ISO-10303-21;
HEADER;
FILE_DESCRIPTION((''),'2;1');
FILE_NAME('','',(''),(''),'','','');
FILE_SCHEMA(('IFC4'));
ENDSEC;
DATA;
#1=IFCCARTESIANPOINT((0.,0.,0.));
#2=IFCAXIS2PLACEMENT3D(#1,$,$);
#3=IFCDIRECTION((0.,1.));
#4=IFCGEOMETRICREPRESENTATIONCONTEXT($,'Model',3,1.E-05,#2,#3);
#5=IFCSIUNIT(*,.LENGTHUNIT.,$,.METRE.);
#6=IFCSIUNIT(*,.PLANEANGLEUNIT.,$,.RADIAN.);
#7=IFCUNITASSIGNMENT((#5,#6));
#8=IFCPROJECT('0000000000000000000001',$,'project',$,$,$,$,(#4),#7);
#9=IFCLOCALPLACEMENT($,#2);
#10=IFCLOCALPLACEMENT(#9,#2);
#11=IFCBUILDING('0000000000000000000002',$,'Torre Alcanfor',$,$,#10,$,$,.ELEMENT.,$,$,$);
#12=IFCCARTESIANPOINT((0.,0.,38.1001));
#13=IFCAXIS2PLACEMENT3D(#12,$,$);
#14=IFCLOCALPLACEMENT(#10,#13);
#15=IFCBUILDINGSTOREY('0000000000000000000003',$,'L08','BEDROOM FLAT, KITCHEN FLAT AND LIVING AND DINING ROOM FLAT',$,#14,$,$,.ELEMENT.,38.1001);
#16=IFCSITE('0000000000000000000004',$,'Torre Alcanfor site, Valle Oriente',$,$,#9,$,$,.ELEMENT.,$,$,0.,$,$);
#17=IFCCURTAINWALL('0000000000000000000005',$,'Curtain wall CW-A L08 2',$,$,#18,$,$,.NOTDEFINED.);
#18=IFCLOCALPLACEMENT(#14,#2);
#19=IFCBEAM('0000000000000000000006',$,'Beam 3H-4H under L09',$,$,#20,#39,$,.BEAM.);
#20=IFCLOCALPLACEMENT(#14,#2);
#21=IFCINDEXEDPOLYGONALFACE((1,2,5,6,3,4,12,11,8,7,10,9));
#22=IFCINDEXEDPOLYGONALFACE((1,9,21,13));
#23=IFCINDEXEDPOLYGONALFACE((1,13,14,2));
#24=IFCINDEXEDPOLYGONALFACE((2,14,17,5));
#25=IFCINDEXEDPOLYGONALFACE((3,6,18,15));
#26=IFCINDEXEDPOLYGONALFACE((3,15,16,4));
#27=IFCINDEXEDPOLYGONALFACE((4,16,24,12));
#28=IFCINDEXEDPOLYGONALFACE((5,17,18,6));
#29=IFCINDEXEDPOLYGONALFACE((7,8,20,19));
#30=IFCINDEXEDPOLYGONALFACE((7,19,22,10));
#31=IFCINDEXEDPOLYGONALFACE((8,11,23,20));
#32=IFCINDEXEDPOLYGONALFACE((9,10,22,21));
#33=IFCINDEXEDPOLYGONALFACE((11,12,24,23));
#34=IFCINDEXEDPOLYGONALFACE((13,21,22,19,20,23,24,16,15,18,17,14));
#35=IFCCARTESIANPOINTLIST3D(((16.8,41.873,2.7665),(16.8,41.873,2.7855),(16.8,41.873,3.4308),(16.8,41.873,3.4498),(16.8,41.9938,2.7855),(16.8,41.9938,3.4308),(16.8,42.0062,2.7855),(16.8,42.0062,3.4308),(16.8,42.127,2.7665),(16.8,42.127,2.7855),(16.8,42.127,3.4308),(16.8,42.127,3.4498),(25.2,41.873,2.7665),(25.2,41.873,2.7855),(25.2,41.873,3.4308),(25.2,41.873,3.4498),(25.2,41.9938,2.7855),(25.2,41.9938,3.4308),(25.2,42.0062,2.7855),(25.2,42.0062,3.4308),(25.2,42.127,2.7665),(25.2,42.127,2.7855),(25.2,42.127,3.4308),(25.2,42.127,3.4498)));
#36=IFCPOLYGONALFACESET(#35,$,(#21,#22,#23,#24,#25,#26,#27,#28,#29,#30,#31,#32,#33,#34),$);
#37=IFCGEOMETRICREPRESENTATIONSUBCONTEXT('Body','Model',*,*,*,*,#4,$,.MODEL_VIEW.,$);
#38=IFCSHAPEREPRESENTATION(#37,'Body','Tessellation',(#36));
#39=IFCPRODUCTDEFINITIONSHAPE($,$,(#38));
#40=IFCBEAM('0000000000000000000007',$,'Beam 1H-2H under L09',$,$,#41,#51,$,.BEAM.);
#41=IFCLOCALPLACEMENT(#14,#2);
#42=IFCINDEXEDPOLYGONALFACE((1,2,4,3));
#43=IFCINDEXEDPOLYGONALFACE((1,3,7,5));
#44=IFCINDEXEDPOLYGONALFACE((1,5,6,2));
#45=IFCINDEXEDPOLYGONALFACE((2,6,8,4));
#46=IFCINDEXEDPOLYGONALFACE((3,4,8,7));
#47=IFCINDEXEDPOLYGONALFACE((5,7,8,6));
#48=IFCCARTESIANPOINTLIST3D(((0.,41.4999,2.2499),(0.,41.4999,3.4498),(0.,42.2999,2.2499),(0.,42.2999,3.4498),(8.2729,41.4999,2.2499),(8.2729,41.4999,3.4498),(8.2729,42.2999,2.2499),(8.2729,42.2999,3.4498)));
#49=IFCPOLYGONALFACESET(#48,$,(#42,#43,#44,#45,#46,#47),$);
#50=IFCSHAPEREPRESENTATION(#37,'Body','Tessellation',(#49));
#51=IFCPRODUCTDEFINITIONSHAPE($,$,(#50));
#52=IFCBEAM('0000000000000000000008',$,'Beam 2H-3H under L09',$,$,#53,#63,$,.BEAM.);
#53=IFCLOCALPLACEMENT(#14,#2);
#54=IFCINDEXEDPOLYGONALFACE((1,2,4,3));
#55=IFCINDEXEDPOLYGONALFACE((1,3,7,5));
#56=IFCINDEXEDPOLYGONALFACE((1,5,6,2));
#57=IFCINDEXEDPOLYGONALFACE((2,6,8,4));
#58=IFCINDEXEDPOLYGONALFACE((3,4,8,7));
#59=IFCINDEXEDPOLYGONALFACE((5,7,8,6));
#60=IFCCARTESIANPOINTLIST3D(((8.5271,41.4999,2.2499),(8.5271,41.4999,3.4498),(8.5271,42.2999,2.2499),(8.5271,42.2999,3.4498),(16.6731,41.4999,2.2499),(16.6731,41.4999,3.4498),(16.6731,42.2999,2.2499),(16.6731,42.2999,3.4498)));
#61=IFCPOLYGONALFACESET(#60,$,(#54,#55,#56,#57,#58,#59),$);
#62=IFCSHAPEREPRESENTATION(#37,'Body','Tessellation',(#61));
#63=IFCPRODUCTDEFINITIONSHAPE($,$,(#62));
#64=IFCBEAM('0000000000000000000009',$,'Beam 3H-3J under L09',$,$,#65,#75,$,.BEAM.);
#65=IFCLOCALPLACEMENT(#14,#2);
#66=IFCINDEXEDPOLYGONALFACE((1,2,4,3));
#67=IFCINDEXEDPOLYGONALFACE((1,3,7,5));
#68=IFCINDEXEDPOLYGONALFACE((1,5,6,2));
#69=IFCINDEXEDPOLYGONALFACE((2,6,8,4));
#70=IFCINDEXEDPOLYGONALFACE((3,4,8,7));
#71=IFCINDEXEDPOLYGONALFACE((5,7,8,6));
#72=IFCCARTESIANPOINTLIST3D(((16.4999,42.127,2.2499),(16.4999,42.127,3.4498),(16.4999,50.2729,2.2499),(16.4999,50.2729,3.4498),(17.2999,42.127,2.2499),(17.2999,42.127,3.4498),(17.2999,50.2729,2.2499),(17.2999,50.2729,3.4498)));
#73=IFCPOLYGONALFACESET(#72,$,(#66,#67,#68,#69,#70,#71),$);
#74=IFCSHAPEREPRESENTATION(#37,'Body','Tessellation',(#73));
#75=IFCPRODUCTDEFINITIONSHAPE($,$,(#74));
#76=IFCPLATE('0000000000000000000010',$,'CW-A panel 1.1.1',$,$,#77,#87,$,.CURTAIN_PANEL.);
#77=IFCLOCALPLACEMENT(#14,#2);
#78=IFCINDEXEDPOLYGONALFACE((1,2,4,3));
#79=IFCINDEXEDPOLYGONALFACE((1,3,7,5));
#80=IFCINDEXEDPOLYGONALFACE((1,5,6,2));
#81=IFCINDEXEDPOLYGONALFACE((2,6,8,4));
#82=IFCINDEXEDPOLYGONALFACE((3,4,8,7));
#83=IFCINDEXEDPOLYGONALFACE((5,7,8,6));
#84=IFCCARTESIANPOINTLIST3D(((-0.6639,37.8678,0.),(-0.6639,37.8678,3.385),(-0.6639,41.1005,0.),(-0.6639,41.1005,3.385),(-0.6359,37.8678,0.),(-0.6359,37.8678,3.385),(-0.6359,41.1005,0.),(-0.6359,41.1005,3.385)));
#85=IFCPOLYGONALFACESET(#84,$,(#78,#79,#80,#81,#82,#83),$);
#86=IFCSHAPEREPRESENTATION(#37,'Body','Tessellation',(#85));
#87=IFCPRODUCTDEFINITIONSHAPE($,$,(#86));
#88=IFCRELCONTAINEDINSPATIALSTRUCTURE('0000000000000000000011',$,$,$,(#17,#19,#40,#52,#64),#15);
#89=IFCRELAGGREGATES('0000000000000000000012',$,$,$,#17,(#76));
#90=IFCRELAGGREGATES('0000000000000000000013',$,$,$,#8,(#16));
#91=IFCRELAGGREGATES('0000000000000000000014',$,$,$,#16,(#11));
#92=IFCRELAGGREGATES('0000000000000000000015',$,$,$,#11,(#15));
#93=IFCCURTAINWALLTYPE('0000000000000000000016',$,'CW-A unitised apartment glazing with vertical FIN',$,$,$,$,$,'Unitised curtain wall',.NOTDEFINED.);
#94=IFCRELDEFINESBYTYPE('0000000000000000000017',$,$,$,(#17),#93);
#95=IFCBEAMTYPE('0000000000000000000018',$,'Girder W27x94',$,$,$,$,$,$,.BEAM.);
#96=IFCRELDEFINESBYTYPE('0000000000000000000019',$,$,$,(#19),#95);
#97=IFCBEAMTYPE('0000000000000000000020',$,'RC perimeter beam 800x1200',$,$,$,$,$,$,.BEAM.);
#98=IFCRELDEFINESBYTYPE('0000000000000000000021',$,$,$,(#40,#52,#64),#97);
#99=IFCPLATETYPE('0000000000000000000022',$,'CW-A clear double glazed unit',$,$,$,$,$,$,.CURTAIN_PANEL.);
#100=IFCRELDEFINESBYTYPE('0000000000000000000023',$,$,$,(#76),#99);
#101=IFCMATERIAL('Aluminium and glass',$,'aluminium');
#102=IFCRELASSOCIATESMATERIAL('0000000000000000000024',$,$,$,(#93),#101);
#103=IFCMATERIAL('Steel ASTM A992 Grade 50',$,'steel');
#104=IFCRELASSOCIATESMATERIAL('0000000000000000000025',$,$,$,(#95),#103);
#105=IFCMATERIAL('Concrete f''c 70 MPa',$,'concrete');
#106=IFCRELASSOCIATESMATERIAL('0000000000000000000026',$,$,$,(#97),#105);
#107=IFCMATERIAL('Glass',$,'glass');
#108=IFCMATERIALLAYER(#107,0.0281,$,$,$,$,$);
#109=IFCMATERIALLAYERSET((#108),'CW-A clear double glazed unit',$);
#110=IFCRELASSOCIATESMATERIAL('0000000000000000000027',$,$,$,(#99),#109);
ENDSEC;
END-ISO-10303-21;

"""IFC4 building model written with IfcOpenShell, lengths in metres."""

from ifc_helpers import new_model, si_unit, direction, frame, origin, origin_2d, place, context, subcontext, project, spatial, rectangle, i_section, extrude, material, layer, layer_set, material_profile, profile_set, type_object, element, aggregate, save


model = new_model("IFC4")

# Units and contexts
model_context = context("Model", 3, precision=1e-05, world=origin(), true_north=direction((0.0, 1.0)))
body_context = subcontext(model_context, "Body", "Model", "MODEL_VIEW")
ifc_project = project(units=[si_unit("LENGTHUNIT", "METRE"), si_unit("PLANEANGLEUNIT", "RADIAN")], contexts=[model_context])

# Site, building, storey
site_placement = place(None, origin())
site = spatial("IfcSite", under=ifc_project, at=site_placement, Name="Torre Alcanfor site, Valle Oriente", CompositionType="ELEMENT", RefElevation=0.0)
building_placement = place(site_placement, origin())
building = spatial("IfcBuilding", under=site, at=building_placement, Name="Torre Alcanfor", CompositionType="ELEMENT")
storey_placement = place(building_placement, frame((0.0, 0.0, 38.1001)))
storey = spatial("IfcBuildingStorey", under=building, at=storey_placement, Name="L08", Description="BEDROOM FLAT, KITCHEN FLAT AND LIVING AND DINING ROOM FLAT", CompositionType="ELEMENT", Elevation=38.1001)

# Curtain wall
ifc_material_1 = material(Name="Aluminium and glass", Category="aluminium")
curtain_wall_type = type_object("IfcCurtainWallType", Name="CW-A unitised apartment glazing with vertical FIN", ElementType="Unitised curtain wall", PredefinedType="NOTDEFINED", material=ifc_material_1)
curtain_wall_placement = place(storey_placement, origin())
curtain_wall = element("IfcCurtainWall", 1, at=curtain_wall_placement, inside=storey, type_object=curtain_wall_type, Name="Curtain wall CW-A L08 2", PredefinedType="NOTDEFINED")

# Beams
ifc_material_2 = material(Name="Steel ASTM A992 Grade 50", Category="steel")
ifc_material_profile_1 = material_profile(ifc_material_2, i_section(OverallWidth=0.2539, OverallDepth=0.6833, WebThickness=0.0125, FlangeThickness=0.019, at=origin_2d()), Name="W27x94")
ifc_profile_set_1 = profile_set([ifc_material_profile_1], Name="Steel ASTM A992 Grade 50")
beam_type_1 = type_object("IfcBeamType", Name="Girder W27x94", PredefinedType="BEAM", material=ifc_profile_set_1)
beam_1_placement = place(storey_placement, frame((16.8, 42.0, 3.1082), z_axis=(1.0, 0.0, 0.0), x_axis=(0.0, 1.0, 0.0)))
element("IfcBeam", 2, at=beam_1_placement, inside=storey, type_object=beam_type_1, Name="Beam 3H-4H under L09", PredefinedType="BEAM", context=body_context, shape_type="SweptSolid", body=[
    extrude(i_section(OverallWidth=0.2539, OverallDepth=0.6833, WebThickness=0.0125, FlangeThickness=0.019, at=origin_2d()), origin(), (0.0, 0.0, 1.0), 8.3999),
])
ifc_material_3 = material(Name="Concrete f'c 70 MPa", Category="concrete")
ifc_material_profile_2 = material_profile(ifc_material_3, rectangle(XDim=0.8, YDim=1.2, at=origin_2d()), Name="800x1200")
ifc_profile_set_2 = profile_set([ifc_material_profile_2], Name="Concrete f'c 70 MPa")
beam_type_2 = type_object("IfcBeamType", Name="RC perimeter beam 800x1200", PredefinedType="BEAM", material=ifc_profile_set_2)
beam_2_placement = place(storey_placement, frame((0.0, 41.8999, 2.8499), z_axis=(1.0, 0.0, 0.0), x_axis=(0.0, 1.0, 0.0)))
element("IfcBeam", 3, at=beam_2_placement, inside=storey, type_object=beam_type_2, Name="Beam 1H-2H under L09", PredefinedType="BEAM", context=body_context, shape_type="SweptSolid", body=[
    extrude(rectangle(XDim=0.8, YDim=1.2, at=origin_2d()), origin(), (0.0, 0.0, 1.0), 8.2729),
])
for number, where, z_axis, x_axis, name in (
    (4, (8.5271, 41.8999, 2.8499), (1.0, 0.0, 0.0), (0.0, 1.0, 0.0), "Beam 2H-3H under L09"),
    (5, (16.8999, 42.127, 2.8499), (0.0, 1.0, 0.0), (-1.0, 0.0, 0.0), "Beam 3H-3J under L09"),
):
    element("IfcBeam", number, at=place(storey_placement, frame(where, z_axis=z_axis, x_axis=x_axis)), inside=storey, type_object=beam_type_2, Name=name, PredefinedType="BEAM", context=body_context, shape_type="SweptSolid", body=[
        extrude(rectangle(XDim=0.8, YDim=1.2, at=origin_2d()), origin(), (0.0, 0.0, 1.0), 8.146),
    ])

# Plate
ifc_material_4 = material(Name="Glass", Category="glass")
ifc_layer_1 = layer(ifc_material_4, 0.0281)
ifc_layer_set_1 = layer_set([ifc_layer_1], Name="CW-A clear double glazed unit")
plate_type = type_object("IfcPlateType", Name="CW-A clear double glazed unit", PredefinedType="CURTAIN_PANEL", material=ifc_layer_set_1)
plate_placement = place(storey_placement, frame((-0.6499, 39.4841, 0.0), z_axis=(0.0, 0.0, 1.0), x_axis=(0.0, -1.0, 0.0)))
plate = element("IfcPlate", 6, at=plate_placement, type_object=plate_type, Name="CW-A panel 1.1.1", PredefinedType="CURTAIN_PANEL", context=body_context, shape_type="SweptSolid", body=[
    extrude(rectangle(XDim=3.2327, YDim=0.0281, at=origin_2d()), origin(), (0.0, 0.0, 1.0), 3.385),
])
aggregate(curtain_wall, [plate])

save(model, "model.ifc")
